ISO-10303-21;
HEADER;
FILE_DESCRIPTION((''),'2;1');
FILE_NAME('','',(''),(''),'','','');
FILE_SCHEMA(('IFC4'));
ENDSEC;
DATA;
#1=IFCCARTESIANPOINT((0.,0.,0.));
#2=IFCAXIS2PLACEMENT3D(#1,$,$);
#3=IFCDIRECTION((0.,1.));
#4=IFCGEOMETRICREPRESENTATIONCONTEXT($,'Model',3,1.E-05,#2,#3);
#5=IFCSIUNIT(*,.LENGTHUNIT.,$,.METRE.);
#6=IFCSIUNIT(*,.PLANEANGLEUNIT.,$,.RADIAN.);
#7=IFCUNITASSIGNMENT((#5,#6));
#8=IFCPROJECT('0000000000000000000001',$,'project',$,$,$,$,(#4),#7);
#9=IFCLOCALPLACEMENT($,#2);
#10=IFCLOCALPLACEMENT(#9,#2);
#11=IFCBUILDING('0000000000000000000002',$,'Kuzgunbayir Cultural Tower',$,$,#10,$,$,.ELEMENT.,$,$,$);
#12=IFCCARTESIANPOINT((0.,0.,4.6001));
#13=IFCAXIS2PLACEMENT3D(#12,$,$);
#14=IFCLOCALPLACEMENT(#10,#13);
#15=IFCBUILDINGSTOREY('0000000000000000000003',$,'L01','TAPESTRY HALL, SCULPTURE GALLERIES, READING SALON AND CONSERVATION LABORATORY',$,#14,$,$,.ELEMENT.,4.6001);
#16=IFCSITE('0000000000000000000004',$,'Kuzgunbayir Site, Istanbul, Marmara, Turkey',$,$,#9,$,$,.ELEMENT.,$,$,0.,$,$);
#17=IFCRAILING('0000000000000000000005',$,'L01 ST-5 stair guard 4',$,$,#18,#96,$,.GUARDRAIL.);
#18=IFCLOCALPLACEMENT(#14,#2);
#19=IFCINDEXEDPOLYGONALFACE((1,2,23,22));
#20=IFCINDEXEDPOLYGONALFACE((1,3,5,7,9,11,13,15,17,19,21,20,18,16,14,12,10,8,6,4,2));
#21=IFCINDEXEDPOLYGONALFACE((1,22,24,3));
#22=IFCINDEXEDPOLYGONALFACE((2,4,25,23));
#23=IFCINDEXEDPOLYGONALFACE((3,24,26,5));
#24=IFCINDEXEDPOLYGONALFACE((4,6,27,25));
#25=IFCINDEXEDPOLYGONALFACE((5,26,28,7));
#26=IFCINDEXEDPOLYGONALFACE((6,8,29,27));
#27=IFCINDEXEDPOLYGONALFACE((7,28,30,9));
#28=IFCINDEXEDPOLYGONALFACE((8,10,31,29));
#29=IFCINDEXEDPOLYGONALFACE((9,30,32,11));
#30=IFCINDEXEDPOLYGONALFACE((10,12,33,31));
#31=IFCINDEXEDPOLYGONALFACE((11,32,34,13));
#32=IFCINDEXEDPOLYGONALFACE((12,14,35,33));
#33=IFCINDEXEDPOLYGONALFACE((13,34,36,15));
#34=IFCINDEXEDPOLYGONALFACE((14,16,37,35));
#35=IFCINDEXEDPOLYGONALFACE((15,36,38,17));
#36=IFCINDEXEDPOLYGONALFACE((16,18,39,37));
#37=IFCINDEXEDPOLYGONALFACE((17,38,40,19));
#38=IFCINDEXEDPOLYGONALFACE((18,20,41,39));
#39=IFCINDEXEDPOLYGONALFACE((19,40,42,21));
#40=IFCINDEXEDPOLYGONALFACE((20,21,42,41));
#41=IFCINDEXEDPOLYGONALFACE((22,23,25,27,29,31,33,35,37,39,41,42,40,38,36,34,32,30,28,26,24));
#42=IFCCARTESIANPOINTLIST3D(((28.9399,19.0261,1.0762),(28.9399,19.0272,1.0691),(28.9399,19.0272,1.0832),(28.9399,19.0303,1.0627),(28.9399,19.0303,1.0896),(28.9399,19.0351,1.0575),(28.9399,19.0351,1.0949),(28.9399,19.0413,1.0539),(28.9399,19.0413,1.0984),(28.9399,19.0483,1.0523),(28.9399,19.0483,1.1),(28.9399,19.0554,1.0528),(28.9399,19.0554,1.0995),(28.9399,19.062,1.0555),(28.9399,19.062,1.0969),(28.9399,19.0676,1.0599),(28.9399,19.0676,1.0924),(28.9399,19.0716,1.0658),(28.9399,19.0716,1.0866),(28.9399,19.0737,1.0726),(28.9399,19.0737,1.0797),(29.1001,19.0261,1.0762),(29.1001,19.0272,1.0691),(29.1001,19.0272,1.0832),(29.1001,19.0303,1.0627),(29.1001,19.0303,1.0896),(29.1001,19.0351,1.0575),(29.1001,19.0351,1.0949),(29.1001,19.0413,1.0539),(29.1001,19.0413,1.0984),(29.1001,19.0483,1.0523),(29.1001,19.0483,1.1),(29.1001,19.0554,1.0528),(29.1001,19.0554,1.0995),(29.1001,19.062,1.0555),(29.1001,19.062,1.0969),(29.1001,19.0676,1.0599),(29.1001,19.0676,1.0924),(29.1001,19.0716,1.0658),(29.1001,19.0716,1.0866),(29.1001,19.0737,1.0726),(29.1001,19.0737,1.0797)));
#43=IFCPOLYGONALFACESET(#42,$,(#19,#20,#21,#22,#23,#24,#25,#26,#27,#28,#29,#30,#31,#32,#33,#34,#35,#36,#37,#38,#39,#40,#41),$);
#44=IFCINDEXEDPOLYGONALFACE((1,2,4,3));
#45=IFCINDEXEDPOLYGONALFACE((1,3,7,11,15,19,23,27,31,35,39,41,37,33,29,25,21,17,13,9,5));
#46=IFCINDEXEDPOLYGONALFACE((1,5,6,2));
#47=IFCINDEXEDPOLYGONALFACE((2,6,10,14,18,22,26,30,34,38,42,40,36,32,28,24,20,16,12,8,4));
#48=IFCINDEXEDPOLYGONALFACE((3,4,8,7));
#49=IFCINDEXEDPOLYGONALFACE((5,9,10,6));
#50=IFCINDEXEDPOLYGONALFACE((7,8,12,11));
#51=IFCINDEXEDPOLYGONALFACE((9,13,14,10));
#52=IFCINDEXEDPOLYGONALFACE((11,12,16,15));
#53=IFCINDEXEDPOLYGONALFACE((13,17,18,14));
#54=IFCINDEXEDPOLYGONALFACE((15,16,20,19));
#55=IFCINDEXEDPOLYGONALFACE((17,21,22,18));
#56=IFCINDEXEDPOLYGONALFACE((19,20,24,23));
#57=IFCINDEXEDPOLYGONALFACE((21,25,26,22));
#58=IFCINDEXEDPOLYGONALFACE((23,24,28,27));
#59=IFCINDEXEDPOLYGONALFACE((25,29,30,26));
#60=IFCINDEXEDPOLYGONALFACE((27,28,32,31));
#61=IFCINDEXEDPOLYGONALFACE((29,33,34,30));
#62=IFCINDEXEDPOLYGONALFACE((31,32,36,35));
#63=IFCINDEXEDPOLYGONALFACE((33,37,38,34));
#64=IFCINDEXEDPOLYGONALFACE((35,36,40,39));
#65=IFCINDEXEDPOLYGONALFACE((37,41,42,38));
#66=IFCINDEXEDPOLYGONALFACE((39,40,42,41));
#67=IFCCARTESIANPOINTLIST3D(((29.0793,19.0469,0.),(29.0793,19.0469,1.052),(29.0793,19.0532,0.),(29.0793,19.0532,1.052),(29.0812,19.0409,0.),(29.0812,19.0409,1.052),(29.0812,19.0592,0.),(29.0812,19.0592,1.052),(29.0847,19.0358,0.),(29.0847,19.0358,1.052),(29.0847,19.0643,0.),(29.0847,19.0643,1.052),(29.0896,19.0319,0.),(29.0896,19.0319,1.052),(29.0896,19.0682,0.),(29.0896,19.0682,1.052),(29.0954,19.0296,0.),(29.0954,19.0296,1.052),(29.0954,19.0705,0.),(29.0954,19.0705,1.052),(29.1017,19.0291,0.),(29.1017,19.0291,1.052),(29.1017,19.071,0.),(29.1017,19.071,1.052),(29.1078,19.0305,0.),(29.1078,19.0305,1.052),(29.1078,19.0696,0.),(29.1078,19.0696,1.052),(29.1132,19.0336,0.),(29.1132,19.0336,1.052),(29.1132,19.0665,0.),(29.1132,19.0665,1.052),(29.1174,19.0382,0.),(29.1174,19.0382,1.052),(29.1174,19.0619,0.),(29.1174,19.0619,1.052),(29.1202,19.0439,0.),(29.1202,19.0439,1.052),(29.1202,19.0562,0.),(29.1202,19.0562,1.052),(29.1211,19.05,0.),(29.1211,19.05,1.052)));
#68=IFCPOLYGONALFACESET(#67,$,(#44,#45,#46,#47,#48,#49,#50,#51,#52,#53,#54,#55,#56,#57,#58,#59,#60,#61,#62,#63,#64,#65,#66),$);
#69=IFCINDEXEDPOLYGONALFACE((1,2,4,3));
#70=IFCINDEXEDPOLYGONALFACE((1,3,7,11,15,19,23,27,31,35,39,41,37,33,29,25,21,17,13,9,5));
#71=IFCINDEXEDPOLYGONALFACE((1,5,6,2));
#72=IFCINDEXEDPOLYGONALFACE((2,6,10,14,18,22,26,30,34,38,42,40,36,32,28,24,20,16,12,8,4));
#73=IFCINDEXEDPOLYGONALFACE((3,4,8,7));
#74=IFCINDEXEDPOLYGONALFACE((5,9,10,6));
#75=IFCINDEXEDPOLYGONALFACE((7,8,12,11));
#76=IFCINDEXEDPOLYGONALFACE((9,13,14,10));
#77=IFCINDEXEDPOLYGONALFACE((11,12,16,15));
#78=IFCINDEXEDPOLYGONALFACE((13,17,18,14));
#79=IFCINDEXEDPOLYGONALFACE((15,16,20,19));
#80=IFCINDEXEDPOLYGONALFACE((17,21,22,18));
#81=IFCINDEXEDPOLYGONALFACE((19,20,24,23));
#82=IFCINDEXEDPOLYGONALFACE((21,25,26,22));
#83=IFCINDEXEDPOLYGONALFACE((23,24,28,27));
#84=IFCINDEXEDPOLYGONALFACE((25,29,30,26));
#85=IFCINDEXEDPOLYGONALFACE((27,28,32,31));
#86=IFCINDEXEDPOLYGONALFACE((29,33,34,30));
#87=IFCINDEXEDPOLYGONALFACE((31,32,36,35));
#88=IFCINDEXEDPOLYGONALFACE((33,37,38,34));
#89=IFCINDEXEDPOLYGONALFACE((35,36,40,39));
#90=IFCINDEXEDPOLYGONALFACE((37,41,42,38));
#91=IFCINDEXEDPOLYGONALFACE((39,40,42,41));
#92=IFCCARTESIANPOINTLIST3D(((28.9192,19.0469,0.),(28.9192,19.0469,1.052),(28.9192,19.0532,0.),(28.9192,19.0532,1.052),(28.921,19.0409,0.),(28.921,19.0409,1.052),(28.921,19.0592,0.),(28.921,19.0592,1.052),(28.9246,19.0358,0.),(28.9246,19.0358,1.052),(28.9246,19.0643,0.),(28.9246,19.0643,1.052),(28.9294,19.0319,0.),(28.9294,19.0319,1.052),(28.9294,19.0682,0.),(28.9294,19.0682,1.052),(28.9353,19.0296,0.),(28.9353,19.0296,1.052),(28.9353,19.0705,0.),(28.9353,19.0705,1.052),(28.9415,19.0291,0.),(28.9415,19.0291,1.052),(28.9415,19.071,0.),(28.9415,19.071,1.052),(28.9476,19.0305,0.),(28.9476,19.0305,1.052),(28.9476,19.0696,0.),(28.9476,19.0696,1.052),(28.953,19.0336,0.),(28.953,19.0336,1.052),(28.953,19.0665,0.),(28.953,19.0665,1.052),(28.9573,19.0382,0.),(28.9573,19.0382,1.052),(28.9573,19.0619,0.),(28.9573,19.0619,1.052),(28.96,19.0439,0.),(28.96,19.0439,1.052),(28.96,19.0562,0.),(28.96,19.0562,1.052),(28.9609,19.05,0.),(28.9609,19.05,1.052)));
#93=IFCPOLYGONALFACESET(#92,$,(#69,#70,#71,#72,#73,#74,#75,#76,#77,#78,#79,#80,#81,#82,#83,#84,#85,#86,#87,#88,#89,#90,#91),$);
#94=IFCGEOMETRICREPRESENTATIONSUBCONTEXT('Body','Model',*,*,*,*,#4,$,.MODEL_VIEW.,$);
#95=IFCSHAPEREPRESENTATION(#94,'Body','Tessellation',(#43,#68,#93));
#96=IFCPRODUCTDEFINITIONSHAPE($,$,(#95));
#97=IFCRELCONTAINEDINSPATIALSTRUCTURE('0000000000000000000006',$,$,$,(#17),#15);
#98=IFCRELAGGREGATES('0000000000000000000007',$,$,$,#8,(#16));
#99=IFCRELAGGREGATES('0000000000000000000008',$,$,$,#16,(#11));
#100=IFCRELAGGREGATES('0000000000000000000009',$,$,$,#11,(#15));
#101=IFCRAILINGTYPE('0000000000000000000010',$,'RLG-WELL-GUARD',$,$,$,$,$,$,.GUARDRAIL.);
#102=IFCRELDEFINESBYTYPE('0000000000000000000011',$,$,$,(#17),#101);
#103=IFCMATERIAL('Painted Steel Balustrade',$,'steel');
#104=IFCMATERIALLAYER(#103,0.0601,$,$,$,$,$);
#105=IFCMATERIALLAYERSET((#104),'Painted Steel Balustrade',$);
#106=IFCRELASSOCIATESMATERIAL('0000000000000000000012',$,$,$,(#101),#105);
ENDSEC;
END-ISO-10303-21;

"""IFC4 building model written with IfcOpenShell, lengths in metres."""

from ifc_helpers import new_model, si_unit, direction, frame, origin, origin_2d, place, context, subcontext, project, spatial, circle, extrude, material, layer, layer_set, type_object, element, save


model = new_model("IFC4")

# Units and contexts
model_context = context("Model", 3, precision=1e-05, world=origin(), true_north=direction((0.0, 1.0)))
body_context = subcontext(model_context, "Body", "Model", "MODEL_VIEW")
ifc_project = project(units=[si_unit("LENGTHUNIT", "METRE"), si_unit("PLANEANGLEUNIT", "RADIAN")], contexts=[model_context])

# Site, building, storey
site_placement = place(None, origin())
site = spatial("IfcSite", under=ifc_project, at=site_placement, Name="Kuzgunbayir Site, Istanbul, Marmara, Turkey", CompositionType="ELEMENT", RefElevation=0.0)
building_placement = place(site_placement, origin())
building = spatial("IfcBuilding", under=site, at=building_placement, Name="Kuzgunbayir Cultural Tower", CompositionType="ELEMENT")
storey_placement = place(building_placement, frame((0.0, 0.0, 4.6001)))
storey = spatial("IfcBuildingStorey", under=building, at=storey_placement, Name="L01", Description="TAPESTRY HALL, SCULPTURE GALLERIES, READING SALON AND CONSERVATION LABORATORY", CompositionType="ELEMENT", Elevation=4.6001)

# Railing
ifc_material_1 = material(Name="Painted Steel Balustrade", Category="steel")
ifc_layer_1 = layer(ifc_material_1, 0.0601)
ifc_layer_set_1 = layer_set([ifc_layer_1], Name="Painted Steel Balustrade")
railing_type_1 = type_object("IfcRailingType", Name="RLG-WELL-GUARD", PredefinedType="GUARDRAIL", material=ifc_layer_set_1)
railing_1_placement = place(storey_placement, frame((29.1001, 19.05, 0.0)))
element("IfcRailing", 1, at=railing_1_placement, inside=storey, type_object=railing_type_1, Name="L01 ST-5 stair guard 4", PredefinedType="GUARDRAIL", context=body_context, shape_type="SweptSolid", body=[
    extrude(circle(Radius=0.0239, at=origin_2d()), frame((0.0, 0.0, 1.0762), z_axis=(-1.0, 0.0, 0.0), x_axis=(0.0, -1.0, 0.0)), (0.0, 0.0, 1.0), 0.1602),
    extrude(circle(Radius=0.021, at=origin_2d()), origin(), (0.0, 0.0, 1.0), 1.052),
    extrude(circle(Radius=0.021, at=origin_2d()), frame((-0.1602, 0.0, 0.0)), (0.0, 0.0, 1.0), 1.052),
])

save(model, "model.ifc")
